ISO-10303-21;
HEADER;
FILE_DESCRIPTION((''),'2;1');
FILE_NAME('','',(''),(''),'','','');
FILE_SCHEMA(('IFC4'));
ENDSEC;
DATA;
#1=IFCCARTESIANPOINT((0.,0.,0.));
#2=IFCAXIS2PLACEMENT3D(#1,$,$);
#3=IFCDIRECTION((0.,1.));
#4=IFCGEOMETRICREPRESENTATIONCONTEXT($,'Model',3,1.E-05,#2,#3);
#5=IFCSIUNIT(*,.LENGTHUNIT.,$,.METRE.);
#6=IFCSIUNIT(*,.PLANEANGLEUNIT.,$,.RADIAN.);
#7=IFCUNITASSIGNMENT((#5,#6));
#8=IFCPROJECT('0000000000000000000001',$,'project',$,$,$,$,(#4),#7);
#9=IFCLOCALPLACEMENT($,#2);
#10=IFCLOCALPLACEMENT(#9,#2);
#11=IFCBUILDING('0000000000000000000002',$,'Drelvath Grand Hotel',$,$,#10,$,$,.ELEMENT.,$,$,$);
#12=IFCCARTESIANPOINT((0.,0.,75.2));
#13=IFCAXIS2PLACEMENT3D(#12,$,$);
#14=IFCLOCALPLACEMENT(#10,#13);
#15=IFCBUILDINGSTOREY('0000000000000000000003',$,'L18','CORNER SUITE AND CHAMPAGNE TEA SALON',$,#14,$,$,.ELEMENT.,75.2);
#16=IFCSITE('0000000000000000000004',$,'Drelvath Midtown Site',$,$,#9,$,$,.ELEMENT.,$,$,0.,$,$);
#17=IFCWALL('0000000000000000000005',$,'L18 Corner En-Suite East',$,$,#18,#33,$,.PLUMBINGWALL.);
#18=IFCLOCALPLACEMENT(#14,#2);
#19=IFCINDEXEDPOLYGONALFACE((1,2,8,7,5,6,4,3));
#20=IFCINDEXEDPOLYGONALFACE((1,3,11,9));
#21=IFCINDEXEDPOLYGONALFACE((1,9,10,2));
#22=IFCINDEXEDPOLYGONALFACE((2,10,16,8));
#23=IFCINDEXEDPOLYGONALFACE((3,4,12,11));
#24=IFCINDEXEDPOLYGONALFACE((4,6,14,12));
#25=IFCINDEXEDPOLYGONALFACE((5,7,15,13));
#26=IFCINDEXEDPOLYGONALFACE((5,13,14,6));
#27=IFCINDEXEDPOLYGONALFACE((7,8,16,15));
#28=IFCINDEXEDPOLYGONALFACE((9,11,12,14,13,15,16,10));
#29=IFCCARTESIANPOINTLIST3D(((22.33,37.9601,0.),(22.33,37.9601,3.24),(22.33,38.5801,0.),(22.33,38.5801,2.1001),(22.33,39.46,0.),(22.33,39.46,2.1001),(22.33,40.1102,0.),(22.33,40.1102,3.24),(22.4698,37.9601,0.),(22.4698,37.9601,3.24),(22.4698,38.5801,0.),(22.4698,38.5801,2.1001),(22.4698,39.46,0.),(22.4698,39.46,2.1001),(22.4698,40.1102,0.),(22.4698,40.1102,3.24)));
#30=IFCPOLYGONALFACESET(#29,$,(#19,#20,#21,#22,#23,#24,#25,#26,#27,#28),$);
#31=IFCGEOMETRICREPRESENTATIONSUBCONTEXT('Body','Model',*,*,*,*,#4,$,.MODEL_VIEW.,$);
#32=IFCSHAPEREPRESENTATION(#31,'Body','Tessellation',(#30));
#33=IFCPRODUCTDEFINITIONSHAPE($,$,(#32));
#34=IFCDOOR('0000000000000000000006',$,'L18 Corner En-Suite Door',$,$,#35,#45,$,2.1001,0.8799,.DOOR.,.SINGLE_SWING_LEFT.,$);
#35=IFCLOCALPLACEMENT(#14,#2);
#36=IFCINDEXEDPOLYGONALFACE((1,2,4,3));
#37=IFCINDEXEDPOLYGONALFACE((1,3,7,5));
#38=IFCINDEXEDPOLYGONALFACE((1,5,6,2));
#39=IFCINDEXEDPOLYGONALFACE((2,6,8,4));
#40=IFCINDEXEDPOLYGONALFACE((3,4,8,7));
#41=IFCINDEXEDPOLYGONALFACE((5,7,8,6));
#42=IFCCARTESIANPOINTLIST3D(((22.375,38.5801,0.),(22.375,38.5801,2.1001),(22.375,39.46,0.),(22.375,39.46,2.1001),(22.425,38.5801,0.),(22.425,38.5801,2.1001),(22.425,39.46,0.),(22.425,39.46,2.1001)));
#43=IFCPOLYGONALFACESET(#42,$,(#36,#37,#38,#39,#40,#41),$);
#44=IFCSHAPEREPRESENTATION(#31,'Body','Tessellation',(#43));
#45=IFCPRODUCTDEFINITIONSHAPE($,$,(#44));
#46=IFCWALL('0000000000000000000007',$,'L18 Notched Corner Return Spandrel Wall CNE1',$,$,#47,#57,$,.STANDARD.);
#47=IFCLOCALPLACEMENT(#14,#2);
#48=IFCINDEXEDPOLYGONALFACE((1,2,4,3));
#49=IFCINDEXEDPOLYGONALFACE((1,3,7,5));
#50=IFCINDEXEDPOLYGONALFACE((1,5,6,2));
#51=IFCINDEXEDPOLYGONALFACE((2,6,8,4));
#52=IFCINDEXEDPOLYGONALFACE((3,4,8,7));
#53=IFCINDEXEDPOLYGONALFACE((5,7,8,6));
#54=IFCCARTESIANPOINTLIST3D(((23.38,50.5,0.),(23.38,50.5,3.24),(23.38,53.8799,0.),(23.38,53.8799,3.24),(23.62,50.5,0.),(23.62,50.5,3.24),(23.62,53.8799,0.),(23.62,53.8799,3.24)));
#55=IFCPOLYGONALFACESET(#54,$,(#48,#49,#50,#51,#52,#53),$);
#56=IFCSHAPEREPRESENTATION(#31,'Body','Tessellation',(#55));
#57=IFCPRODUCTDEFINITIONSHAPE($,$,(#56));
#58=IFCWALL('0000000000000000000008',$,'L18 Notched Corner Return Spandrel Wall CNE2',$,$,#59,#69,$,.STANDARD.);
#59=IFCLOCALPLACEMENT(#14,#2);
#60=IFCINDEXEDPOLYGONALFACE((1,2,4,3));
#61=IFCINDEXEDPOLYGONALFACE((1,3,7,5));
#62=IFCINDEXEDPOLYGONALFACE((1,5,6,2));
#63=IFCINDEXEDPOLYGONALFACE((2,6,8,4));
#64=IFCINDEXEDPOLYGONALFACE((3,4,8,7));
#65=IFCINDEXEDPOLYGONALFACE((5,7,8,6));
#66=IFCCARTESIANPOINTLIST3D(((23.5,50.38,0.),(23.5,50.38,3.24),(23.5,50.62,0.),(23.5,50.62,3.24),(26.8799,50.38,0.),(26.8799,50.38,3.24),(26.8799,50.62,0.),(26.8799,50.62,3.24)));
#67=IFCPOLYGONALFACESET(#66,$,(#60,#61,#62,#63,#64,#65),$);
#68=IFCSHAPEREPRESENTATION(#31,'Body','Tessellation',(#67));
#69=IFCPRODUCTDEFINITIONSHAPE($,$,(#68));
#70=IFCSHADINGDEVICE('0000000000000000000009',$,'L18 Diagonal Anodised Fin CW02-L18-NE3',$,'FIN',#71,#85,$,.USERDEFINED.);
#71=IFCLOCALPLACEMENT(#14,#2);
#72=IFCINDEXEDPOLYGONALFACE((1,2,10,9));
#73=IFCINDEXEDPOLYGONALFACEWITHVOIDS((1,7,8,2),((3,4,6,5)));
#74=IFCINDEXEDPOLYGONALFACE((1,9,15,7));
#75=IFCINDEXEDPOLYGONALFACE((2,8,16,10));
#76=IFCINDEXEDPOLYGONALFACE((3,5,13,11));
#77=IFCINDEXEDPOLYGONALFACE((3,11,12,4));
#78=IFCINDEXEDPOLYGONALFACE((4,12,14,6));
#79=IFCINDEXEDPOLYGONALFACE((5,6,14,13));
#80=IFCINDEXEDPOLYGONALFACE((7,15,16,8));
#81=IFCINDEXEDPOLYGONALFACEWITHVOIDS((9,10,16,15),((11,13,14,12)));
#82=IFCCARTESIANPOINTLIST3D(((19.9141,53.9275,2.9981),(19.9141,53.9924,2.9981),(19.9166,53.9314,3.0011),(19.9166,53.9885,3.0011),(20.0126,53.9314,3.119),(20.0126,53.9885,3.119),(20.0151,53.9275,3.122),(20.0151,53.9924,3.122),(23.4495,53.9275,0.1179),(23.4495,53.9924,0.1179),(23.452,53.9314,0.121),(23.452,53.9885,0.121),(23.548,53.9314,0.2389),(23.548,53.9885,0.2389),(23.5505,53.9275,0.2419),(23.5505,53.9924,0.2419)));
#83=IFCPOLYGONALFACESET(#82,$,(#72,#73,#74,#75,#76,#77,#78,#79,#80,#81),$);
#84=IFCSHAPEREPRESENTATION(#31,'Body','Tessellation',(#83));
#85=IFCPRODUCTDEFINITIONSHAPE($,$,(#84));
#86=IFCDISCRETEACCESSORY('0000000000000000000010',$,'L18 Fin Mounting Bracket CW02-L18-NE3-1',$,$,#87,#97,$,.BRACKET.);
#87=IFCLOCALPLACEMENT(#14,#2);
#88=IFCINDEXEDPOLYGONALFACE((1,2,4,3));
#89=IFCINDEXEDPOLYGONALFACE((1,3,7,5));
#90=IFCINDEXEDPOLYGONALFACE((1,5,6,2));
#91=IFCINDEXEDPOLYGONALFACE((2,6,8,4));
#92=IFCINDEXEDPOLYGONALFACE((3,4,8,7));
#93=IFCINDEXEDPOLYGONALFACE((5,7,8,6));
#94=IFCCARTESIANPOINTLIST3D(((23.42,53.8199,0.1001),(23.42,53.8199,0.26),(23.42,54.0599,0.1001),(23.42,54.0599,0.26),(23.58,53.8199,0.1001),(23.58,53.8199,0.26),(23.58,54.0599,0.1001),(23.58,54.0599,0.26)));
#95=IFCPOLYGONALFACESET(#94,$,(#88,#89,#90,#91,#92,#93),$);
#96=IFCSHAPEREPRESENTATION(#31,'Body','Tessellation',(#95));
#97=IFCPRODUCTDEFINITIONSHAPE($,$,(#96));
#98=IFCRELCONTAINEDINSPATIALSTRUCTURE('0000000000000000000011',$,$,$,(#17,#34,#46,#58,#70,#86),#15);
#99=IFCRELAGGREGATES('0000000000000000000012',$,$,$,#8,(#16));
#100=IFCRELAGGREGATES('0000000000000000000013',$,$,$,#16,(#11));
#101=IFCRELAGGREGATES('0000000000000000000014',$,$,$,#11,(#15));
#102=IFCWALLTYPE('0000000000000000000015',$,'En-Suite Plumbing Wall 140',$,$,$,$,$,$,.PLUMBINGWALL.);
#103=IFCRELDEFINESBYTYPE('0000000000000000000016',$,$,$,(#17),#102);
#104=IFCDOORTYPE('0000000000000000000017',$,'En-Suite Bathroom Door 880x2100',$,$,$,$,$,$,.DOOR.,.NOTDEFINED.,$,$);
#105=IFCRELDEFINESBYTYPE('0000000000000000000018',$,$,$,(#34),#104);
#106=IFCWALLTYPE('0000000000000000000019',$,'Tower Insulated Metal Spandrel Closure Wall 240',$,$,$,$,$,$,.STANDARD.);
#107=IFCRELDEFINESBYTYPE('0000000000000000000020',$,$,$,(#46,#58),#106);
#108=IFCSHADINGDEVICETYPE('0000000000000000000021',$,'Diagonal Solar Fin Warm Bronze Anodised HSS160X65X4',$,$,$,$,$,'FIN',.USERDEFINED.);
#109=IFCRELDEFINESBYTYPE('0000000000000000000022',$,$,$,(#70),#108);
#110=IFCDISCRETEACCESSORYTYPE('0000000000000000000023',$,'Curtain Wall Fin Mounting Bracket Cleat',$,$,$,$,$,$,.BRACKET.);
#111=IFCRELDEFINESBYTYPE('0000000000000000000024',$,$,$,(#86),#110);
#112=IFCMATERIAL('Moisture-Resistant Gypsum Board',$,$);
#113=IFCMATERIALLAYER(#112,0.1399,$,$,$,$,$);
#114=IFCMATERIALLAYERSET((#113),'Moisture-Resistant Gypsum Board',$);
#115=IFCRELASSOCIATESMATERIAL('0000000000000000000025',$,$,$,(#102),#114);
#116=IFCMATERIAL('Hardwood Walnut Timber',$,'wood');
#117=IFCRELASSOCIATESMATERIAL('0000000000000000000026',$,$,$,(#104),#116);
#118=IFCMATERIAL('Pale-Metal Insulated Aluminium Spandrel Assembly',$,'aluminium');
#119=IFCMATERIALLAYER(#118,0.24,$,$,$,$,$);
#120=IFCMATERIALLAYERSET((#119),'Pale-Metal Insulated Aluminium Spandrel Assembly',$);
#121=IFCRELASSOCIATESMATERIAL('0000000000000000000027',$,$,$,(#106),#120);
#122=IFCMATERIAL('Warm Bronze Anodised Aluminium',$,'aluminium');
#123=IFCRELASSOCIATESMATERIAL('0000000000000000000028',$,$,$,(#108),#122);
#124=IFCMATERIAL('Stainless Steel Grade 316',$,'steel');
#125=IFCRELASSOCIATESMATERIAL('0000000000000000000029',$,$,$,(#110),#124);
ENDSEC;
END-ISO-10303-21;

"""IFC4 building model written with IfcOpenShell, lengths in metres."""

from ifc_helpers import new_model, si_unit, direction, frame, frame_2d, origin, origin_2d, place, context, subcontext, project, spatial, rectangle, hollow_rectangle, extrude, material, layer, layer_set, material_profile, profile_set, type_object, element, fill, save


model = new_model("IFC4")

# Units and contexts
model_context = context("Model", 3, precision=1e-05, world=origin(), true_north=direction((0.0, 1.0)))
body_context = subcontext(model_context, "Body", "Model", "MODEL_VIEW")
ifc_project = project(units=[si_unit("LENGTHUNIT", "METRE"), si_unit("PLANEANGLEUNIT", "RADIAN")], contexts=[model_context])

# Site, building, storey
site_placement = place(None, origin())
site = spatial("IfcSite", under=ifc_project, at=site_placement, Name="Drelvath Midtown Site", CompositionType="ELEMENT", RefElevation=0.0)
building_placement = place(site_placement, origin())
building = spatial("IfcBuilding", under=site, at=building_placement, Name="Drelvath Grand Hotel", CompositionType="ELEMENT")
storey_placement = place(building_placement, frame((0.0, 0.0, 75.2)))
storey = spatial("IfcBuildingStorey", under=building, at=storey_placement, Name="L18", Description="CORNER SUITE AND CHAMPAGNE TEA SALON", CompositionType="ELEMENT", Elevation=75.2)

# Shared definitions
ifc_material_1 = material(Name="Moisture-Resistant Gypsum Board")
ifc_layer_1 = layer(ifc_material_1, 0.1399)
ifc_layer_set_1 = layer_set([ifc_layer_1], Name="Moisture-Resistant Gypsum Board")
wall_type_1 = type_object("IfcWallType", Name="En-Suite Plumbing Wall 140", PredefinedType="PLUMBINGWALL", material=ifc_layer_set_1)

# Wall, opening, door
wall_1_placement = place(storey_placement, frame((22.3999, 37.96, 0.0), z_axis=(0.0, 0.0, 1.0), x_axis=(0.0, 1.0, 0.0)))
wall_1 = element("IfcWall", 1, at=wall_1_placement, inside=storey, type_object=wall_type_1, Name="L18 Corner En-Suite East", PredefinedType="PLUMBINGWALL", context=body_context, shape_type="SweptSolid", body=[
    extrude(rectangle(XDim=2.1501, YDim=0.1399, at=frame_2d((1.0752, 0.0))), origin(), (0.0, 0.0, 1.0), 3.24),
])
opening_placement = place(wall_1_placement, frame((0.6201, 0.0, 0.0)))
opening = element("IfcOpeningElement", 2, at=opening_placement, cuts=wall_1, PredefinedType="OPENING", context=body_context, shape_type="SweptSolid", body=[
    extrude(rectangle(XDim=0.8799, YDim=2.1001, at=frame_2d((0.4399, 1.05))), frame((0.0, 0.0798, 0.0), z_axis=(0.0, -1.0, 0.0), x_axis=(1.0, 0.0, 0.0)), (0.0, 0.0, 1.0), 0.1599),
])
ifc_material_2 = material(Name="Hardwood Walnut Timber", Category="wood")
door_type = type_object("IfcDoorType", Name="En-Suite Bathroom Door 880x2100", OperationType="NOTDEFINED", PredefinedType="DOOR", material=ifc_material_2)
door_placement = place(opening_placement, origin())
door = element("IfcDoor", 3, at=door_placement, inside=storey, type_object=door_type, Name="L18 Corner En-Suite Door", OperationType="SINGLE_SWING_LEFT", OverallHeight=2.1001, OverallWidth=0.8799, PredefinedType="DOOR", context=body_context, shape_type="SweptSolid", body=[
    extrude(rectangle(XDim=0.8799, YDim=2.1001, at=frame_2d((0.4399, 1.05))), frame((0.0, 0.0249, 0.0), z_axis=(0.0, -1.0, 0.0), x_axis=(1.0, 0.0, 0.0)), (0.0, 0.0, 1.0), 0.05),
])
fill(opening, door)

# Walls
ifc_material_3 = material(Name="Pale-Metal Insulated Aluminium Spandrel Assembly", Category="aluminium")
ifc_layer_2 = layer(ifc_material_3, 0.24)
ifc_layer_set_2 = layer_set([ifc_layer_2], Name="Pale-Metal Insulated Aluminium Spandrel Assembly")
wall_type_2 = type_object("IfcWallType", Name="Tower Insulated Metal Spandrel Closure Wall 240", PredefinedType="STANDARD", material=ifc_layer_set_2)
for number, where, z_axis, x_axis, name in (
    (4, (23.5, 53.8799, 0.0), (0.0, 0.0, 1.0), (0.0, -1.0, 0.0), "L18 Notched Corner Return Spandrel Wall CNE1"),
    (5, (23.5, 50.5, 0.0), (0.0, 0.0, 1.0), (1.0, 0.0, 0.0), "L18 Notched Corner Return Spandrel Wall CNE2"),
):
    element("IfcWall", number, at=place(storey_placement, frame(where, z_axis=z_axis, x_axis=x_axis)), inside=storey, type_object=wall_type_2, Name=name, PredefinedType="STANDARD", context=body_context, shape_type="SweptSolid", body=[
        extrude(rectangle(XDim=3.3799, YDim=0.24, at=frame_2d((1.6899, 0.0))), origin(), (0.0, 0.0, 1.0), 3.24),
    ])

# Shading device
ifc_material_4 = material(Name="Warm Bronze Anodised Aluminium", Category="aluminium")
ifc_material_profile_1 = material_profile(ifc_material_4, hollow_rectangle(XDim=0.0649, YDim=0.1599, WallThickness=0.0039, at=origin_2d()), Name="HSS160X65X4")
ifc_profile_set_1 = profile_set([ifc_material_profile_1], Name="Warm Bronze Anodised Aluminium")
shading_device_type = type_object("IfcShadingDeviceType", Name="Diagonal Solar Fin Warm Bronze Anodised HSS160X65X4", ElementType="FIN", PredefinedType="USERDEFINED", material=ifc_profile_set_1)
shading_device_placement = place(storey_placement, frame((23.5, 53.96, 0.1799), z_axis=(-0.775296, 0.0, 0.631598), x_axis=(0.0, -1.0, 0.0)))
element("IfcShadingDevice", 6, at=shading_device_placement, inside=storey, type_object=shading_device_type, Name="L18 Diagonal Anodised Fin CW02-L18-NE3", ObjectType="FIN", PredefinedType="USERDEFINED", context=body_context, shape_type="SweptSolid", body=[
    extrude(hollow_rectangle(XDim=0.0649, YDim=0.1599, WallThickness=0.0039, at=origin_2d()), origin(), (0.0, 0.0, 1.0), 4.5601),
])

# Discrete accessory
ifc_material_5 = material(Name="Stainless Steel Grade 316", Category="steel")
discrete_accessory_type = type_object("IfcDiscreteAccessoryType", Name="Curtain Wall Fin Mounting Bracket Cleat", PredefinedType="BRACKET", material=ifc_material_5)
discrete_accessory_placement = place(storey_placement, frame((23.5, 53.9399, 0.1001), z_axis=(0.0, 0.0, 1.0), x_axis=(1.0, 0.0, 0.0)))
element("IfcDiscreteAccessory", 7, at=discrete_accessory_placement, inside=storey, type_object=discrete_accessory_type, Name="L18 Fin Mounting Bracket CW02-L18-NE3-1", PredefinedType="BRACKET", context=body_context, shape_type="SweptSolid", body=[
    extrude(rectangle(XDim=0.1599, YDim=0.24, at=origin_2d()), origin(), (0.0, 0.0, 1.0), 0.1599),
])

save(model, "model.ifc")
